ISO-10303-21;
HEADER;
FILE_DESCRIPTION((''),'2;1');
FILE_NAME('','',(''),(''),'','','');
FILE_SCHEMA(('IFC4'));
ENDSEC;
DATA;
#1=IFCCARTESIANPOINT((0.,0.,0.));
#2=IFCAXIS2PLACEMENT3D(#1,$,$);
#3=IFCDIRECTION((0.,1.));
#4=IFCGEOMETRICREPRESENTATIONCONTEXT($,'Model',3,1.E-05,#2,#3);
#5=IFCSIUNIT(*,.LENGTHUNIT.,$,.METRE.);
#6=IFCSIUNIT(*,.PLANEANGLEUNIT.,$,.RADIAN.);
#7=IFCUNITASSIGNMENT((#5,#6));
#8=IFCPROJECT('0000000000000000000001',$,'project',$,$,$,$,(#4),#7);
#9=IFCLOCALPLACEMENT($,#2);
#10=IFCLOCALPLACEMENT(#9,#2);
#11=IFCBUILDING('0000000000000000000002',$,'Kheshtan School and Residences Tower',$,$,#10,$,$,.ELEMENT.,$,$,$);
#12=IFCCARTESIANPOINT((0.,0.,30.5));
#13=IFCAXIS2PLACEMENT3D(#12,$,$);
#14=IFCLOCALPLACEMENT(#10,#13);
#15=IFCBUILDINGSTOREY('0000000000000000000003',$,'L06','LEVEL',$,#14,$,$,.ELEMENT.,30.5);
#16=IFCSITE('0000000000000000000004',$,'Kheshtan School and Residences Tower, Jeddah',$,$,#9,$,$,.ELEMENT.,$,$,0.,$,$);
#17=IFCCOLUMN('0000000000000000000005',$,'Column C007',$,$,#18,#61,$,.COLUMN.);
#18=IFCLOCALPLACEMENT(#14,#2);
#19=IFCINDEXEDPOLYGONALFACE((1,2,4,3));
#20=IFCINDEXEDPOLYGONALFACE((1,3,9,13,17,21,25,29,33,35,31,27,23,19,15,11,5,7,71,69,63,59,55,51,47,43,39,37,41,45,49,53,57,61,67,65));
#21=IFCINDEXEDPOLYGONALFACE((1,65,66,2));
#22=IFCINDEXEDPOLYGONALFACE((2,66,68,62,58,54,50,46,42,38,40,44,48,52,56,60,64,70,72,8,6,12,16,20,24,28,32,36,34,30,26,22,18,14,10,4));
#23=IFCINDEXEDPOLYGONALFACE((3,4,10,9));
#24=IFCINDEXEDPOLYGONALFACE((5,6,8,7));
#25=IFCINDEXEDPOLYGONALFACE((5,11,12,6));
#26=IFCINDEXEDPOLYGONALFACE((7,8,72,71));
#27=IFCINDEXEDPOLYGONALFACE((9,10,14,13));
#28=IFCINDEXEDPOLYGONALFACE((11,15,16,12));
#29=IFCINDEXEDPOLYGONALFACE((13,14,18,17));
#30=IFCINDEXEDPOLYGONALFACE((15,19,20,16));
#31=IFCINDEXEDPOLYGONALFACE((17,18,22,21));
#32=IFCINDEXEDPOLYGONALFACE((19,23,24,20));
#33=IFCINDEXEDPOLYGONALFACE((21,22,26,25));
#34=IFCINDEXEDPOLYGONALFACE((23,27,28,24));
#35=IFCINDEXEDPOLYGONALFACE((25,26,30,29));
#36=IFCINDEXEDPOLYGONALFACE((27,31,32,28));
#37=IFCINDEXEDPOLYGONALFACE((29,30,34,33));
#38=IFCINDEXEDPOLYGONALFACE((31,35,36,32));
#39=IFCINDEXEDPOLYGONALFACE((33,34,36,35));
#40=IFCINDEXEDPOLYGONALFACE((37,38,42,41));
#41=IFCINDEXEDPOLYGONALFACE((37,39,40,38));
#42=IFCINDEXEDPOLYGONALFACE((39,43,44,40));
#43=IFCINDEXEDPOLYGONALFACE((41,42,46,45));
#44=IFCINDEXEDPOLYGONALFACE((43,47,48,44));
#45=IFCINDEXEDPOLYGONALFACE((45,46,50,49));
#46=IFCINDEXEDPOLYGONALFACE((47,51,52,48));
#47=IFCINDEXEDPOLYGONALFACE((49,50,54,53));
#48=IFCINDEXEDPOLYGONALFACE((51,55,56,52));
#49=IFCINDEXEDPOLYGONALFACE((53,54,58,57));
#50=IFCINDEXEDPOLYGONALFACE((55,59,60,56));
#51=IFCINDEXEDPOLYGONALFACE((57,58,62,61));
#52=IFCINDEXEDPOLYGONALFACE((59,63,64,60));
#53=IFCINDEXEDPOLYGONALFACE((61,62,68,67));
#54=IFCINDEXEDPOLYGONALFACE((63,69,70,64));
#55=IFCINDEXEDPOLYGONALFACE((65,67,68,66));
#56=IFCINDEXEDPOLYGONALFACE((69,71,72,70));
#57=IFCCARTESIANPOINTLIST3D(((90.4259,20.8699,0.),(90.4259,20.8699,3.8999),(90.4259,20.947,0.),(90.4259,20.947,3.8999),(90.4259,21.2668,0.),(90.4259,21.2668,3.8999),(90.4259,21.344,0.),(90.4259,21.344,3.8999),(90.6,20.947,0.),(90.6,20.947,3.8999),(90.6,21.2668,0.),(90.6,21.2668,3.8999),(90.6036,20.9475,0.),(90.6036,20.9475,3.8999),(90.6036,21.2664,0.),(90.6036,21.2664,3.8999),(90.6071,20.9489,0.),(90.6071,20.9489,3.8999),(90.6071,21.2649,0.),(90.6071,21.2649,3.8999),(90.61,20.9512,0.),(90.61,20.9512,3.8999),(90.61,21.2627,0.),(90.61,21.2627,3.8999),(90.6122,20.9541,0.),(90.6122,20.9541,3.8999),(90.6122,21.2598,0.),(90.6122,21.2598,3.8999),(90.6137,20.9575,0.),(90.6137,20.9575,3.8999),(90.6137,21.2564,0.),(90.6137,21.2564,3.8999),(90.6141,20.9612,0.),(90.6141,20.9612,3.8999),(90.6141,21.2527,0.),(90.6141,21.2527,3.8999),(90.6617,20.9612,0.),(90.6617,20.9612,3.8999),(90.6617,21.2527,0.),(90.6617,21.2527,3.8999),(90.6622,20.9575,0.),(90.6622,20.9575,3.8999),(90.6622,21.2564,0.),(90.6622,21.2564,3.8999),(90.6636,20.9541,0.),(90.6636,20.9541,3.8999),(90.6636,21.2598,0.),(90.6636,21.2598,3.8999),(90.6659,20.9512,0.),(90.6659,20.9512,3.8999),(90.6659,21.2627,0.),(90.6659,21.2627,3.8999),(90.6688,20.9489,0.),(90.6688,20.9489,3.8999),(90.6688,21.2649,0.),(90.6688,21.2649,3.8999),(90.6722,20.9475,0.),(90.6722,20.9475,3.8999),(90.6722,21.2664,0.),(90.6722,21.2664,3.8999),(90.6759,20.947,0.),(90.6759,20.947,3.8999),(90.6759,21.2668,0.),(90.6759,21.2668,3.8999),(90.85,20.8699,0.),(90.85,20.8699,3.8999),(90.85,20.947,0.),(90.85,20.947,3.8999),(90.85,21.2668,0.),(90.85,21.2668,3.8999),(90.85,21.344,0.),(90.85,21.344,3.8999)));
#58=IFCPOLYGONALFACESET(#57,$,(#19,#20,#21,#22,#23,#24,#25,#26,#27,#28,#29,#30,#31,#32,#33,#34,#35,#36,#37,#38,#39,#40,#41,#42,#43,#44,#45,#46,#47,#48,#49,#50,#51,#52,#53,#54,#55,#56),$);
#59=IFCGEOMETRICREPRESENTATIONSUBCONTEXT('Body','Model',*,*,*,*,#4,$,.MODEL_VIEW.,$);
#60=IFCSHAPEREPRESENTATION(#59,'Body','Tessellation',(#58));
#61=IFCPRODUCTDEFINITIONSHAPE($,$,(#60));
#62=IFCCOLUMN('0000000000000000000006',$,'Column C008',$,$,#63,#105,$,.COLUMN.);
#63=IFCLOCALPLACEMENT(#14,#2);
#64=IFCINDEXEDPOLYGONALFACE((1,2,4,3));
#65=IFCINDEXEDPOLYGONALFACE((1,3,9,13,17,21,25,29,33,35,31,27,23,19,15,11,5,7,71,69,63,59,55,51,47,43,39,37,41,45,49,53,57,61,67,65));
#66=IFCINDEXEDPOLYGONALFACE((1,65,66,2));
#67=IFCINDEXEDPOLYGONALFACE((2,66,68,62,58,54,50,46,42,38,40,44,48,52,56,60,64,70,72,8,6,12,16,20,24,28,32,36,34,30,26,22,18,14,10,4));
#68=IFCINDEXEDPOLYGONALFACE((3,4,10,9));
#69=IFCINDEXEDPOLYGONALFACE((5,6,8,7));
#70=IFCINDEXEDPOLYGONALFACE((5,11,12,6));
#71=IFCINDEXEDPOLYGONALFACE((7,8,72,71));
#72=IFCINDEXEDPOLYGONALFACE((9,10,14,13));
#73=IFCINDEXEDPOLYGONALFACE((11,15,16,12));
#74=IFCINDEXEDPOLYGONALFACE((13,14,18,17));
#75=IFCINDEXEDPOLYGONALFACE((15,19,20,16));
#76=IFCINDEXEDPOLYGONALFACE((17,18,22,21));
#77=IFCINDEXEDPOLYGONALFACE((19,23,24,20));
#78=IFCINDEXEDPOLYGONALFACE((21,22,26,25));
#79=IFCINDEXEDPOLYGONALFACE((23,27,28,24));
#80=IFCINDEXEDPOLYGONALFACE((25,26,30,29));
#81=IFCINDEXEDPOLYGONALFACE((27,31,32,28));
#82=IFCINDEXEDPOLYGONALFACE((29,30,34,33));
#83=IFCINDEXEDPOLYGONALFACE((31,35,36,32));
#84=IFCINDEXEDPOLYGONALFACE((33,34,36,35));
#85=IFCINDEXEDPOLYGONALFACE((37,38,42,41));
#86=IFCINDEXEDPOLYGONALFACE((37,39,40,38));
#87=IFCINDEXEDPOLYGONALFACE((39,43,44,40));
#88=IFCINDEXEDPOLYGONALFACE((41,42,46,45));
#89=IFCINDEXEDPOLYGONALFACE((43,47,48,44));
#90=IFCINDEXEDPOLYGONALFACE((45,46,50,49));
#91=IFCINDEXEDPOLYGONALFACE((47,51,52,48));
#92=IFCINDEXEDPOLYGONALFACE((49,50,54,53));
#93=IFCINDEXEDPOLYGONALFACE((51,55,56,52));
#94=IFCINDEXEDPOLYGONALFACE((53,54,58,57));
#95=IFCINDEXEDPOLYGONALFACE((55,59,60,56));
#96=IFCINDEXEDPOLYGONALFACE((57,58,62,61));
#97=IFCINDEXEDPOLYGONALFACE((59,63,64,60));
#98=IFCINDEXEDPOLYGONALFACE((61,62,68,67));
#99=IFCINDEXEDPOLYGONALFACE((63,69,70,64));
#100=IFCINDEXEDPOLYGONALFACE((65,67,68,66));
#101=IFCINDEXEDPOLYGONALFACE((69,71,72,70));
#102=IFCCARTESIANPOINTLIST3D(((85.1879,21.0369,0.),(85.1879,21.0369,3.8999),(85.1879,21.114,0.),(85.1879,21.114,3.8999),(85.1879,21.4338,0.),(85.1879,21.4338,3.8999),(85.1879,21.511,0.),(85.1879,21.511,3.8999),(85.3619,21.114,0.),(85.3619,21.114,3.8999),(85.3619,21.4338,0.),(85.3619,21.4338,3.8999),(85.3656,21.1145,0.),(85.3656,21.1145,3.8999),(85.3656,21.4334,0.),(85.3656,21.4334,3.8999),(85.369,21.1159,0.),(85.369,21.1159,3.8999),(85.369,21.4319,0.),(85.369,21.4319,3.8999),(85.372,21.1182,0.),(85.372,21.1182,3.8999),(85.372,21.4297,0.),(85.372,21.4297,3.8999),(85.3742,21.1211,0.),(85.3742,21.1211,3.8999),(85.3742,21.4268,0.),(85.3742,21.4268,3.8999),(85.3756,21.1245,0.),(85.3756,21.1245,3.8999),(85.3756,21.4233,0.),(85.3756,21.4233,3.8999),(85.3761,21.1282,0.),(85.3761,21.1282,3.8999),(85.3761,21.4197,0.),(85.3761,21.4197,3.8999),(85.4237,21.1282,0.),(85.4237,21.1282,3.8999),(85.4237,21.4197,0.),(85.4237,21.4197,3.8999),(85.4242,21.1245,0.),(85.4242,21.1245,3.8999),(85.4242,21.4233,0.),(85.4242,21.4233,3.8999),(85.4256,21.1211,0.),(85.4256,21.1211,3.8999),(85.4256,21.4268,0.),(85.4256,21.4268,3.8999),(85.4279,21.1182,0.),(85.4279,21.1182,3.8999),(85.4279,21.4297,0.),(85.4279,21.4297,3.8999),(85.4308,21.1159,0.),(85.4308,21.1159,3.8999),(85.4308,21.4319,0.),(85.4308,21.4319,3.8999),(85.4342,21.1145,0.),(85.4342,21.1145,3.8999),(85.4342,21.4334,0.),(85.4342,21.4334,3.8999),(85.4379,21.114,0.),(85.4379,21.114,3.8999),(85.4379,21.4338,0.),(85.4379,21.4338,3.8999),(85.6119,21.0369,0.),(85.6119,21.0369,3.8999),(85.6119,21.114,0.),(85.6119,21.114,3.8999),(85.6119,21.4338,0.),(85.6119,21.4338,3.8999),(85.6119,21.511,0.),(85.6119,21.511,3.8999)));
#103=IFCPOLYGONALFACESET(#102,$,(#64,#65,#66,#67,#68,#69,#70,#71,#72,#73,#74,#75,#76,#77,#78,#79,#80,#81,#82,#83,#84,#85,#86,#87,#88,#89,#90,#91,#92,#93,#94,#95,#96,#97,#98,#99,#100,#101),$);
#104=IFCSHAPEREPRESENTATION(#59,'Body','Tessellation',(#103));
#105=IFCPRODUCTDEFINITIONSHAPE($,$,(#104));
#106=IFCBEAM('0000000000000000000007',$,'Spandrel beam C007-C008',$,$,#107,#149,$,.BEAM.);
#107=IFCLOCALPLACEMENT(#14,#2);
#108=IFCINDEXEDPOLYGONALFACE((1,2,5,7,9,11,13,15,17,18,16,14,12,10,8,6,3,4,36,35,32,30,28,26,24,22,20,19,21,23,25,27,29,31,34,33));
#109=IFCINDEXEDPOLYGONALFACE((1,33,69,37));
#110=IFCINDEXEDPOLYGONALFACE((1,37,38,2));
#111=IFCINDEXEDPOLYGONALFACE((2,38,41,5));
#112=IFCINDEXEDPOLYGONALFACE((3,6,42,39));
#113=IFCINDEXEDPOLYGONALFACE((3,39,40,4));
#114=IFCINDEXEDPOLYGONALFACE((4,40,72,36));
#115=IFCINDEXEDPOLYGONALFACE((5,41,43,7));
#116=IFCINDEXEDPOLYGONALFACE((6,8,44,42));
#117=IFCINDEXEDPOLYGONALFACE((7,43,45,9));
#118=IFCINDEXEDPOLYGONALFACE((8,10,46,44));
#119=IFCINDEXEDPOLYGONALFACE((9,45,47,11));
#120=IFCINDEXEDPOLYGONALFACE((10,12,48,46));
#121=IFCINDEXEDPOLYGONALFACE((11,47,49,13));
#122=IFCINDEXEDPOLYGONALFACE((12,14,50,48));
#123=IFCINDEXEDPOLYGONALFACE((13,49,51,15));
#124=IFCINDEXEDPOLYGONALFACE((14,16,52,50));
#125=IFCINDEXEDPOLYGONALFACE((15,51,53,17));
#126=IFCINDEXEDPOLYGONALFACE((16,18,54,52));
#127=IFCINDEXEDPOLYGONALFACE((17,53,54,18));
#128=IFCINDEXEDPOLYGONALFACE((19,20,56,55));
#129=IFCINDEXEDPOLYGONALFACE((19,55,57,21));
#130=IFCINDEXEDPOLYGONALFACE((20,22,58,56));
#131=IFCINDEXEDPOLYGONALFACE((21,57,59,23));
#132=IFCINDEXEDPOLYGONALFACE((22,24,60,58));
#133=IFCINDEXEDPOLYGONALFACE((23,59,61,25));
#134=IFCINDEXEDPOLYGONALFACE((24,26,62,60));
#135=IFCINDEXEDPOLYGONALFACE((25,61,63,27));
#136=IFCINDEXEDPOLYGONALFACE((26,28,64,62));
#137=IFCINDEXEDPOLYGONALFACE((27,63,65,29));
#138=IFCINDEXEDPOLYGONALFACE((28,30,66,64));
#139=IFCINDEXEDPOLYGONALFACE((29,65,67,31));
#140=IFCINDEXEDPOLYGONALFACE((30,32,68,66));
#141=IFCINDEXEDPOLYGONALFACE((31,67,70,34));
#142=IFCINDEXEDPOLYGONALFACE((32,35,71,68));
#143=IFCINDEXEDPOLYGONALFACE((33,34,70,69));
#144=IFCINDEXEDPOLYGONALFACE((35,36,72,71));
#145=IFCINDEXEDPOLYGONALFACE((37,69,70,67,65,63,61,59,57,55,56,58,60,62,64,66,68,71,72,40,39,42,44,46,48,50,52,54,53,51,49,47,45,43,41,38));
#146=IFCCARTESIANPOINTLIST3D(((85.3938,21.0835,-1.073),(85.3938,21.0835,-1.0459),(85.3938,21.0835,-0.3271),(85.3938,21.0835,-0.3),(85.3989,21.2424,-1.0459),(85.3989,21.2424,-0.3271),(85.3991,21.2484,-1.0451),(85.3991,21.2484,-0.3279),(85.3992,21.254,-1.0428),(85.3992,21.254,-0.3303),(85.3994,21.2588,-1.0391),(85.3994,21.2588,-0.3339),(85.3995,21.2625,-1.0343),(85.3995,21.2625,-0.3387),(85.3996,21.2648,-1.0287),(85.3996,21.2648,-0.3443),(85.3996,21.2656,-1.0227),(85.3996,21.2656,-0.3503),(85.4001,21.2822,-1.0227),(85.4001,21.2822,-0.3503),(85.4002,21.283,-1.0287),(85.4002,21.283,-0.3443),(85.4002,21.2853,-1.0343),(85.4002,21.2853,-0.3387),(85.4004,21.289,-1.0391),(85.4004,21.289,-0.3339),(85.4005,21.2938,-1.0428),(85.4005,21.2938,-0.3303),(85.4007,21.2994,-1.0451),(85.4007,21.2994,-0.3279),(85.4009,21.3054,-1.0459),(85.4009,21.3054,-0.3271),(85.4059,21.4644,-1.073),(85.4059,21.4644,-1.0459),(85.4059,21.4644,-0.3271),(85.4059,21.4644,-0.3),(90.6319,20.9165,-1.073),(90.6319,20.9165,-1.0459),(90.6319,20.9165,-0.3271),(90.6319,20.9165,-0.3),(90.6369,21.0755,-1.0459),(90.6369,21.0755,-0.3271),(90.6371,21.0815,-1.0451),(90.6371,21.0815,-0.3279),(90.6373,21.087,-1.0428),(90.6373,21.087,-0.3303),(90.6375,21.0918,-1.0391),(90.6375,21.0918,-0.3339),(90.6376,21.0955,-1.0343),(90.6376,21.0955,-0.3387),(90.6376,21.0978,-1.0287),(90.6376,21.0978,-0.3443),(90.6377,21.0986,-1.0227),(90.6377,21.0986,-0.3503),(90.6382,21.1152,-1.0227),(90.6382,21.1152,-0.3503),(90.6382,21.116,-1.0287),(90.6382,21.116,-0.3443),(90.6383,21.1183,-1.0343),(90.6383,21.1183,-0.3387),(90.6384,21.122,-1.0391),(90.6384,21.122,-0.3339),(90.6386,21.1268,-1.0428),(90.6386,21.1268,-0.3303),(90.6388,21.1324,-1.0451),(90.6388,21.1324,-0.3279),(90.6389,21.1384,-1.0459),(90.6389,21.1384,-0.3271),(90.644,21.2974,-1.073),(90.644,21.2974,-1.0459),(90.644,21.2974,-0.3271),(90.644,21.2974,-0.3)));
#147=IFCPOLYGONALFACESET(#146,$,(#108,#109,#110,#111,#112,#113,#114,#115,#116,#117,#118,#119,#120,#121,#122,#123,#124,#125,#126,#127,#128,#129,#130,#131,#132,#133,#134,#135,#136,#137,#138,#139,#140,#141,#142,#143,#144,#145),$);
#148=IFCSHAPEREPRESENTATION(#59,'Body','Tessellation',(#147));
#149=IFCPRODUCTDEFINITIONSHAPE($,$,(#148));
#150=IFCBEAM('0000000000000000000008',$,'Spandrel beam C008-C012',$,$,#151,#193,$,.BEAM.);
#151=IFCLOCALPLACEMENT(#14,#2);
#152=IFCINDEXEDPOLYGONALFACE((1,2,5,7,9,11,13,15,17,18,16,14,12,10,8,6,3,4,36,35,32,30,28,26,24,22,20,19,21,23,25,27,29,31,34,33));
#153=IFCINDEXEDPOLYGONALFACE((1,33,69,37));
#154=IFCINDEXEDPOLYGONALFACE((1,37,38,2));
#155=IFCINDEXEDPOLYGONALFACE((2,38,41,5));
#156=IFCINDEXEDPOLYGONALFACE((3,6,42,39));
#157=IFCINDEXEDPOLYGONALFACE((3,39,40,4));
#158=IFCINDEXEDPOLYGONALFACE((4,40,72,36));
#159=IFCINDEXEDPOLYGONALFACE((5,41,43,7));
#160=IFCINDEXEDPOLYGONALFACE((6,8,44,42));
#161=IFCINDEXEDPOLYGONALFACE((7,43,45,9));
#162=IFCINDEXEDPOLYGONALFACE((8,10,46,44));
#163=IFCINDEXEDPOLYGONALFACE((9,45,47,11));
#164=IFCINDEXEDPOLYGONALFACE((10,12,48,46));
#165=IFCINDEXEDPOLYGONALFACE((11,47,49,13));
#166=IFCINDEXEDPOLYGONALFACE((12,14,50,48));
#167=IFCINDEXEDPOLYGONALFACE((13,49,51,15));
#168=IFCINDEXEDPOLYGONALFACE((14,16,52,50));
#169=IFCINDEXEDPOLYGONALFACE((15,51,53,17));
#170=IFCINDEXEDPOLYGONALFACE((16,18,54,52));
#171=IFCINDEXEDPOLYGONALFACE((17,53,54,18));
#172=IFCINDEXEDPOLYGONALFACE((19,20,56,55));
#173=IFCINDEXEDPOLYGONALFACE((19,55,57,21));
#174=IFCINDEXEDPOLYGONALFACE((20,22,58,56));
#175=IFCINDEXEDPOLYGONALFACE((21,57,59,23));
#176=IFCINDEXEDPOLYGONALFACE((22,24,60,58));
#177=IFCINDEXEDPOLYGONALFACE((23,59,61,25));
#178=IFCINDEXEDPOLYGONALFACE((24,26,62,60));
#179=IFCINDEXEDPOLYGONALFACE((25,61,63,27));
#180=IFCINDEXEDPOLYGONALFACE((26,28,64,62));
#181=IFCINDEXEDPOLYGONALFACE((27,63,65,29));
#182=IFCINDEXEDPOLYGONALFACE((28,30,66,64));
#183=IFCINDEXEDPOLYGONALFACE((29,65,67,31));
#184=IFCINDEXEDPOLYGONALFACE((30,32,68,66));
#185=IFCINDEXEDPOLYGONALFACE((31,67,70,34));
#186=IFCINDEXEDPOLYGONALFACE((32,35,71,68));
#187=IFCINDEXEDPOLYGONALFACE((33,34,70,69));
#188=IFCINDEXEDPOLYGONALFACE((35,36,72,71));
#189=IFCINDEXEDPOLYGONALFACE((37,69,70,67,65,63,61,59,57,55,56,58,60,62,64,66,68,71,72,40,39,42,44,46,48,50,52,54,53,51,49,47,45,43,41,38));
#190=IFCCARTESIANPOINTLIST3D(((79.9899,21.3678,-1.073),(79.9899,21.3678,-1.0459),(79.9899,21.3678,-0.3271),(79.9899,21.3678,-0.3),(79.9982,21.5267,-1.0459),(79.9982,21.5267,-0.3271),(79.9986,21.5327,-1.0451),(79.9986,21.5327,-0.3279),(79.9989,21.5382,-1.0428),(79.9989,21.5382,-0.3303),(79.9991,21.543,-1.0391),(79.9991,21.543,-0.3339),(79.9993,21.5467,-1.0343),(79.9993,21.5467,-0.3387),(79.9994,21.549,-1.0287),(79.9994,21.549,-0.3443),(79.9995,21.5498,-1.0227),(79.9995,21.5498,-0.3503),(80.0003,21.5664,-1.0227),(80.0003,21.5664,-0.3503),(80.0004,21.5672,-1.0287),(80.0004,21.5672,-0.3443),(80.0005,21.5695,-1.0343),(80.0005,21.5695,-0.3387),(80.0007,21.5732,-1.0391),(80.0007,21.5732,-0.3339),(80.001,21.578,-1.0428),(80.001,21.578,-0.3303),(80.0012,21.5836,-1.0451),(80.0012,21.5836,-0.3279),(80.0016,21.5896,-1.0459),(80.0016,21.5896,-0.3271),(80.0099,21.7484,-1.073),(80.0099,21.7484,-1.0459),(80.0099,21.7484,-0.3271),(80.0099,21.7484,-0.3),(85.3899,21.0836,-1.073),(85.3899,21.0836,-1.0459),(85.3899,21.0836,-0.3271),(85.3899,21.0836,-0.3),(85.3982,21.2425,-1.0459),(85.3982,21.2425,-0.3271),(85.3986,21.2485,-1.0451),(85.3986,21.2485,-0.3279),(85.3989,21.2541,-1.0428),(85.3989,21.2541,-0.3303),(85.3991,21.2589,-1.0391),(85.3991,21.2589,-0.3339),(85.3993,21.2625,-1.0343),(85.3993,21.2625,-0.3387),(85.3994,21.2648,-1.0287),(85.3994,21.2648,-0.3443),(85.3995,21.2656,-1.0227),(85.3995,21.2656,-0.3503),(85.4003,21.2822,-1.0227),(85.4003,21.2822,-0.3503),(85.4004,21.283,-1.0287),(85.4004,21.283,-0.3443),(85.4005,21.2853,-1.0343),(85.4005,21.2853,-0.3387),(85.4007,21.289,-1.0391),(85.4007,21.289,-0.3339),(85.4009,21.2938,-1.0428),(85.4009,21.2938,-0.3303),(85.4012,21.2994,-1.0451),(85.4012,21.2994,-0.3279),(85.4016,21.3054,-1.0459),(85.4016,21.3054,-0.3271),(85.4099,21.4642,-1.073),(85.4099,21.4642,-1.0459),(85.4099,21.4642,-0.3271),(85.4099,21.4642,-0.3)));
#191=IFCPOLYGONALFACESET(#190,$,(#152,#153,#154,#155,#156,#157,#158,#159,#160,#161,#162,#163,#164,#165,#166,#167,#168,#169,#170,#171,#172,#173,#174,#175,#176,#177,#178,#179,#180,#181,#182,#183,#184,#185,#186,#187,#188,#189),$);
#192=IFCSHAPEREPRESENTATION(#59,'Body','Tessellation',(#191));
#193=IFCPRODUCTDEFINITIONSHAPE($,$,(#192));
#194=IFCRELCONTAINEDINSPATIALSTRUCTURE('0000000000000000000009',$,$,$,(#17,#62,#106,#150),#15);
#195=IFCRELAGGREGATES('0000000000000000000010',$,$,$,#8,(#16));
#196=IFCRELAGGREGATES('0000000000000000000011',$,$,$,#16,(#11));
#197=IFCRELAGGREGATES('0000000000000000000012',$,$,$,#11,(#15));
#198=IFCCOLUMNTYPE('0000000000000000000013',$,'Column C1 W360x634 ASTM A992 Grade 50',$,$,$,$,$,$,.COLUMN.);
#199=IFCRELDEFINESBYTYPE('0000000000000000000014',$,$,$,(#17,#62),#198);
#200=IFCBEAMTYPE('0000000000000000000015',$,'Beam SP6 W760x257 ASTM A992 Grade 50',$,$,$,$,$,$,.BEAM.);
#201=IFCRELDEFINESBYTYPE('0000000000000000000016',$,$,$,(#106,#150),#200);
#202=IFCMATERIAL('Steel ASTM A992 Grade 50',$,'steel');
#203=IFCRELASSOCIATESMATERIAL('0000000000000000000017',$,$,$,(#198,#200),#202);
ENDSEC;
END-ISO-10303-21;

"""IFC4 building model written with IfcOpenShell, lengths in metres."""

from ifc_helpers import new_model, si_unit, direction, frame, origin, origin_2d, place, context, subcontext, project, spatial, i_section, extrude, material, material_profile, profile_set, type_object, element, save


model = new_model("IFC4")

# Units and contexts
model_context = context("Model", 3, precision=1e-05, world=origin(), true_north=direction((0.0, 1.0)))
body_context = subcontext(model_context, "Body", "Model", "MODEL_VIEW")
ifc_project = project(units=[si_unit("LENGTHUNIT", "METRE"), si_unit("PLANEANGLEUNIT", "RADIAN")], contexts=[model_context])

# Site, building, storey
site_placement = place(None, origin())
site = spatial("IfcSite", under=ifc_project, at=site_placement, Name="Kheshtan School and Residences Tower, Jeddah", CompositionType="ELEMENT", RefElevation=0.0)
building_placement = place(site_placement, origin())
building = spatial("IfcBuilding", under=site, at=building_placement, Name="Kheshtan School and Residences Tower", CompositionType="ELEMENT")
storey_placement = place(building_placement, frame((0.0, 0.0, 30.5)))
storey = spatial("IfcBuildingStorey", under=building, at=storey_placement, Name="L06", Description="LEVEL", CompositionType="ELEMENT", Elevation=30.5)

# Columns
ifc_material_1 = material(Name="Steel ASTM A992 Grade 50", Category="steel")
ifc_material_profile_1 = material_profile(ifc_material_1, i_section(OverallWidth=0.4241, OverallDepth=0.4741, WebThickness=0.0476, FlangeThickness=0.0771, FilletRadius=0.0142, at=origin_2d()), Name="W360x634")
ifc_profile_set_1 = profile_set([ifc_material_profile_1], Name="Steel ASTM A992 Grade 50")
column_type = type_object("IfcColumnType", Name="Column C1 W360x634 ASTM A992 Grade 50", PredefinedType="COLUMN", material=ifc_profile_set_1)
for number, where, z_axis, x_axis, name in (
    (1, (90.6379, 21.1069, 0.0), (0.0, 0.0, 1.0), (1.0, 0.0, 0.0), "Column C007"),
    (2, (85.3999, 21.2739, 0.0), (0.0, 0.0, 1.0), (1.0, 0.0, 0.0), "Column C008"),
):
    element("IfcColumn", number, at=place(storey_placement, frame(where, z_axis=z_axis, x_axis=x_axis)), inside=storey, type_object=column_type, Name=name, PredefinedType="COLUMN", context=body_context, shape_type="SweptSolid", body=[
        extrude(i_section(OverallWidth=0.4241, OverallDepth=0.4741, WebThickness=0.0476, FlangeThickness=0.0771, FilletRadius=0.0142, at=origin_2d()), origin(), (0.0, 0.0, 1.0), 3.8999),
    ])

# Beams
ifc_material_profile_2 = material_profile(ifc_material_1, i_section(OverallWidth=0.3811, OverallDepth=0.7729, WebThickness=0.0166, FlangeThickness=0.0271, FilletRadius=0.0232, at=origin_2d()), Name="W760x257")
ifc_profile_set_2 = profile_set([ifc_material_profile_2], Name="Steel ASTM A992 Grade 50")
beam_type = type_object("IfcBeamType", Name="Beam SP6 W760x257 ASTM A992 Grade 50", PredefinedType="BEAM", material=ifc_profile_set_2)
beam_1_placement = place(storey_placement, frame((90.6379, 21.1069, -0.6865), z_axis=(-0.999492, 0.031864, 0.0), x_axis=(-0.031864, -0.999492, 0.0)))
element("IfcBeam", 3, at=beam_1_placement, inside=storey, type_object=beam_type, Name="Spandrel beam C007-C008", PredefinedType="BEAM", context=body_context, shape_type="SweptSolid", body=[
    extrude(i_section(OverallWidth=0.3811, OverallDepth=0.7729, WebThickness=0.0166, FlangeThickness=0.0271, FilletRadius=0.0232, at=origin_2d()), origin(), (0.0, 0.0, 1.0), 5.2407),
])
beam_2_placement = place(storey_placement, frame((85.3999, 21.2739, -0.6865), z_axis=(-0.998618, 0.052554, 0.0), x_axis=(-0.052554, -0.998618, 0.0)))
element("IfcBeam", 4, at=beam_2_placement, inside=storey, type_object=beam_type, Name="Spandrel beam C008-C012", PredefinedType="BEAM", context=body_context, shape_type="SweptSolid", body=[
    extrude(i_section(OverallWidth=0.3811, OverallDepth=0.7729, WebThickness=0.0166, FlangeThickness=0.0271, FilletRadius=0.0232, at=origin_2d()), origin(), (0.0, 0.0, 1.0), 5.4075),
])

save(model, "model.ifc")
